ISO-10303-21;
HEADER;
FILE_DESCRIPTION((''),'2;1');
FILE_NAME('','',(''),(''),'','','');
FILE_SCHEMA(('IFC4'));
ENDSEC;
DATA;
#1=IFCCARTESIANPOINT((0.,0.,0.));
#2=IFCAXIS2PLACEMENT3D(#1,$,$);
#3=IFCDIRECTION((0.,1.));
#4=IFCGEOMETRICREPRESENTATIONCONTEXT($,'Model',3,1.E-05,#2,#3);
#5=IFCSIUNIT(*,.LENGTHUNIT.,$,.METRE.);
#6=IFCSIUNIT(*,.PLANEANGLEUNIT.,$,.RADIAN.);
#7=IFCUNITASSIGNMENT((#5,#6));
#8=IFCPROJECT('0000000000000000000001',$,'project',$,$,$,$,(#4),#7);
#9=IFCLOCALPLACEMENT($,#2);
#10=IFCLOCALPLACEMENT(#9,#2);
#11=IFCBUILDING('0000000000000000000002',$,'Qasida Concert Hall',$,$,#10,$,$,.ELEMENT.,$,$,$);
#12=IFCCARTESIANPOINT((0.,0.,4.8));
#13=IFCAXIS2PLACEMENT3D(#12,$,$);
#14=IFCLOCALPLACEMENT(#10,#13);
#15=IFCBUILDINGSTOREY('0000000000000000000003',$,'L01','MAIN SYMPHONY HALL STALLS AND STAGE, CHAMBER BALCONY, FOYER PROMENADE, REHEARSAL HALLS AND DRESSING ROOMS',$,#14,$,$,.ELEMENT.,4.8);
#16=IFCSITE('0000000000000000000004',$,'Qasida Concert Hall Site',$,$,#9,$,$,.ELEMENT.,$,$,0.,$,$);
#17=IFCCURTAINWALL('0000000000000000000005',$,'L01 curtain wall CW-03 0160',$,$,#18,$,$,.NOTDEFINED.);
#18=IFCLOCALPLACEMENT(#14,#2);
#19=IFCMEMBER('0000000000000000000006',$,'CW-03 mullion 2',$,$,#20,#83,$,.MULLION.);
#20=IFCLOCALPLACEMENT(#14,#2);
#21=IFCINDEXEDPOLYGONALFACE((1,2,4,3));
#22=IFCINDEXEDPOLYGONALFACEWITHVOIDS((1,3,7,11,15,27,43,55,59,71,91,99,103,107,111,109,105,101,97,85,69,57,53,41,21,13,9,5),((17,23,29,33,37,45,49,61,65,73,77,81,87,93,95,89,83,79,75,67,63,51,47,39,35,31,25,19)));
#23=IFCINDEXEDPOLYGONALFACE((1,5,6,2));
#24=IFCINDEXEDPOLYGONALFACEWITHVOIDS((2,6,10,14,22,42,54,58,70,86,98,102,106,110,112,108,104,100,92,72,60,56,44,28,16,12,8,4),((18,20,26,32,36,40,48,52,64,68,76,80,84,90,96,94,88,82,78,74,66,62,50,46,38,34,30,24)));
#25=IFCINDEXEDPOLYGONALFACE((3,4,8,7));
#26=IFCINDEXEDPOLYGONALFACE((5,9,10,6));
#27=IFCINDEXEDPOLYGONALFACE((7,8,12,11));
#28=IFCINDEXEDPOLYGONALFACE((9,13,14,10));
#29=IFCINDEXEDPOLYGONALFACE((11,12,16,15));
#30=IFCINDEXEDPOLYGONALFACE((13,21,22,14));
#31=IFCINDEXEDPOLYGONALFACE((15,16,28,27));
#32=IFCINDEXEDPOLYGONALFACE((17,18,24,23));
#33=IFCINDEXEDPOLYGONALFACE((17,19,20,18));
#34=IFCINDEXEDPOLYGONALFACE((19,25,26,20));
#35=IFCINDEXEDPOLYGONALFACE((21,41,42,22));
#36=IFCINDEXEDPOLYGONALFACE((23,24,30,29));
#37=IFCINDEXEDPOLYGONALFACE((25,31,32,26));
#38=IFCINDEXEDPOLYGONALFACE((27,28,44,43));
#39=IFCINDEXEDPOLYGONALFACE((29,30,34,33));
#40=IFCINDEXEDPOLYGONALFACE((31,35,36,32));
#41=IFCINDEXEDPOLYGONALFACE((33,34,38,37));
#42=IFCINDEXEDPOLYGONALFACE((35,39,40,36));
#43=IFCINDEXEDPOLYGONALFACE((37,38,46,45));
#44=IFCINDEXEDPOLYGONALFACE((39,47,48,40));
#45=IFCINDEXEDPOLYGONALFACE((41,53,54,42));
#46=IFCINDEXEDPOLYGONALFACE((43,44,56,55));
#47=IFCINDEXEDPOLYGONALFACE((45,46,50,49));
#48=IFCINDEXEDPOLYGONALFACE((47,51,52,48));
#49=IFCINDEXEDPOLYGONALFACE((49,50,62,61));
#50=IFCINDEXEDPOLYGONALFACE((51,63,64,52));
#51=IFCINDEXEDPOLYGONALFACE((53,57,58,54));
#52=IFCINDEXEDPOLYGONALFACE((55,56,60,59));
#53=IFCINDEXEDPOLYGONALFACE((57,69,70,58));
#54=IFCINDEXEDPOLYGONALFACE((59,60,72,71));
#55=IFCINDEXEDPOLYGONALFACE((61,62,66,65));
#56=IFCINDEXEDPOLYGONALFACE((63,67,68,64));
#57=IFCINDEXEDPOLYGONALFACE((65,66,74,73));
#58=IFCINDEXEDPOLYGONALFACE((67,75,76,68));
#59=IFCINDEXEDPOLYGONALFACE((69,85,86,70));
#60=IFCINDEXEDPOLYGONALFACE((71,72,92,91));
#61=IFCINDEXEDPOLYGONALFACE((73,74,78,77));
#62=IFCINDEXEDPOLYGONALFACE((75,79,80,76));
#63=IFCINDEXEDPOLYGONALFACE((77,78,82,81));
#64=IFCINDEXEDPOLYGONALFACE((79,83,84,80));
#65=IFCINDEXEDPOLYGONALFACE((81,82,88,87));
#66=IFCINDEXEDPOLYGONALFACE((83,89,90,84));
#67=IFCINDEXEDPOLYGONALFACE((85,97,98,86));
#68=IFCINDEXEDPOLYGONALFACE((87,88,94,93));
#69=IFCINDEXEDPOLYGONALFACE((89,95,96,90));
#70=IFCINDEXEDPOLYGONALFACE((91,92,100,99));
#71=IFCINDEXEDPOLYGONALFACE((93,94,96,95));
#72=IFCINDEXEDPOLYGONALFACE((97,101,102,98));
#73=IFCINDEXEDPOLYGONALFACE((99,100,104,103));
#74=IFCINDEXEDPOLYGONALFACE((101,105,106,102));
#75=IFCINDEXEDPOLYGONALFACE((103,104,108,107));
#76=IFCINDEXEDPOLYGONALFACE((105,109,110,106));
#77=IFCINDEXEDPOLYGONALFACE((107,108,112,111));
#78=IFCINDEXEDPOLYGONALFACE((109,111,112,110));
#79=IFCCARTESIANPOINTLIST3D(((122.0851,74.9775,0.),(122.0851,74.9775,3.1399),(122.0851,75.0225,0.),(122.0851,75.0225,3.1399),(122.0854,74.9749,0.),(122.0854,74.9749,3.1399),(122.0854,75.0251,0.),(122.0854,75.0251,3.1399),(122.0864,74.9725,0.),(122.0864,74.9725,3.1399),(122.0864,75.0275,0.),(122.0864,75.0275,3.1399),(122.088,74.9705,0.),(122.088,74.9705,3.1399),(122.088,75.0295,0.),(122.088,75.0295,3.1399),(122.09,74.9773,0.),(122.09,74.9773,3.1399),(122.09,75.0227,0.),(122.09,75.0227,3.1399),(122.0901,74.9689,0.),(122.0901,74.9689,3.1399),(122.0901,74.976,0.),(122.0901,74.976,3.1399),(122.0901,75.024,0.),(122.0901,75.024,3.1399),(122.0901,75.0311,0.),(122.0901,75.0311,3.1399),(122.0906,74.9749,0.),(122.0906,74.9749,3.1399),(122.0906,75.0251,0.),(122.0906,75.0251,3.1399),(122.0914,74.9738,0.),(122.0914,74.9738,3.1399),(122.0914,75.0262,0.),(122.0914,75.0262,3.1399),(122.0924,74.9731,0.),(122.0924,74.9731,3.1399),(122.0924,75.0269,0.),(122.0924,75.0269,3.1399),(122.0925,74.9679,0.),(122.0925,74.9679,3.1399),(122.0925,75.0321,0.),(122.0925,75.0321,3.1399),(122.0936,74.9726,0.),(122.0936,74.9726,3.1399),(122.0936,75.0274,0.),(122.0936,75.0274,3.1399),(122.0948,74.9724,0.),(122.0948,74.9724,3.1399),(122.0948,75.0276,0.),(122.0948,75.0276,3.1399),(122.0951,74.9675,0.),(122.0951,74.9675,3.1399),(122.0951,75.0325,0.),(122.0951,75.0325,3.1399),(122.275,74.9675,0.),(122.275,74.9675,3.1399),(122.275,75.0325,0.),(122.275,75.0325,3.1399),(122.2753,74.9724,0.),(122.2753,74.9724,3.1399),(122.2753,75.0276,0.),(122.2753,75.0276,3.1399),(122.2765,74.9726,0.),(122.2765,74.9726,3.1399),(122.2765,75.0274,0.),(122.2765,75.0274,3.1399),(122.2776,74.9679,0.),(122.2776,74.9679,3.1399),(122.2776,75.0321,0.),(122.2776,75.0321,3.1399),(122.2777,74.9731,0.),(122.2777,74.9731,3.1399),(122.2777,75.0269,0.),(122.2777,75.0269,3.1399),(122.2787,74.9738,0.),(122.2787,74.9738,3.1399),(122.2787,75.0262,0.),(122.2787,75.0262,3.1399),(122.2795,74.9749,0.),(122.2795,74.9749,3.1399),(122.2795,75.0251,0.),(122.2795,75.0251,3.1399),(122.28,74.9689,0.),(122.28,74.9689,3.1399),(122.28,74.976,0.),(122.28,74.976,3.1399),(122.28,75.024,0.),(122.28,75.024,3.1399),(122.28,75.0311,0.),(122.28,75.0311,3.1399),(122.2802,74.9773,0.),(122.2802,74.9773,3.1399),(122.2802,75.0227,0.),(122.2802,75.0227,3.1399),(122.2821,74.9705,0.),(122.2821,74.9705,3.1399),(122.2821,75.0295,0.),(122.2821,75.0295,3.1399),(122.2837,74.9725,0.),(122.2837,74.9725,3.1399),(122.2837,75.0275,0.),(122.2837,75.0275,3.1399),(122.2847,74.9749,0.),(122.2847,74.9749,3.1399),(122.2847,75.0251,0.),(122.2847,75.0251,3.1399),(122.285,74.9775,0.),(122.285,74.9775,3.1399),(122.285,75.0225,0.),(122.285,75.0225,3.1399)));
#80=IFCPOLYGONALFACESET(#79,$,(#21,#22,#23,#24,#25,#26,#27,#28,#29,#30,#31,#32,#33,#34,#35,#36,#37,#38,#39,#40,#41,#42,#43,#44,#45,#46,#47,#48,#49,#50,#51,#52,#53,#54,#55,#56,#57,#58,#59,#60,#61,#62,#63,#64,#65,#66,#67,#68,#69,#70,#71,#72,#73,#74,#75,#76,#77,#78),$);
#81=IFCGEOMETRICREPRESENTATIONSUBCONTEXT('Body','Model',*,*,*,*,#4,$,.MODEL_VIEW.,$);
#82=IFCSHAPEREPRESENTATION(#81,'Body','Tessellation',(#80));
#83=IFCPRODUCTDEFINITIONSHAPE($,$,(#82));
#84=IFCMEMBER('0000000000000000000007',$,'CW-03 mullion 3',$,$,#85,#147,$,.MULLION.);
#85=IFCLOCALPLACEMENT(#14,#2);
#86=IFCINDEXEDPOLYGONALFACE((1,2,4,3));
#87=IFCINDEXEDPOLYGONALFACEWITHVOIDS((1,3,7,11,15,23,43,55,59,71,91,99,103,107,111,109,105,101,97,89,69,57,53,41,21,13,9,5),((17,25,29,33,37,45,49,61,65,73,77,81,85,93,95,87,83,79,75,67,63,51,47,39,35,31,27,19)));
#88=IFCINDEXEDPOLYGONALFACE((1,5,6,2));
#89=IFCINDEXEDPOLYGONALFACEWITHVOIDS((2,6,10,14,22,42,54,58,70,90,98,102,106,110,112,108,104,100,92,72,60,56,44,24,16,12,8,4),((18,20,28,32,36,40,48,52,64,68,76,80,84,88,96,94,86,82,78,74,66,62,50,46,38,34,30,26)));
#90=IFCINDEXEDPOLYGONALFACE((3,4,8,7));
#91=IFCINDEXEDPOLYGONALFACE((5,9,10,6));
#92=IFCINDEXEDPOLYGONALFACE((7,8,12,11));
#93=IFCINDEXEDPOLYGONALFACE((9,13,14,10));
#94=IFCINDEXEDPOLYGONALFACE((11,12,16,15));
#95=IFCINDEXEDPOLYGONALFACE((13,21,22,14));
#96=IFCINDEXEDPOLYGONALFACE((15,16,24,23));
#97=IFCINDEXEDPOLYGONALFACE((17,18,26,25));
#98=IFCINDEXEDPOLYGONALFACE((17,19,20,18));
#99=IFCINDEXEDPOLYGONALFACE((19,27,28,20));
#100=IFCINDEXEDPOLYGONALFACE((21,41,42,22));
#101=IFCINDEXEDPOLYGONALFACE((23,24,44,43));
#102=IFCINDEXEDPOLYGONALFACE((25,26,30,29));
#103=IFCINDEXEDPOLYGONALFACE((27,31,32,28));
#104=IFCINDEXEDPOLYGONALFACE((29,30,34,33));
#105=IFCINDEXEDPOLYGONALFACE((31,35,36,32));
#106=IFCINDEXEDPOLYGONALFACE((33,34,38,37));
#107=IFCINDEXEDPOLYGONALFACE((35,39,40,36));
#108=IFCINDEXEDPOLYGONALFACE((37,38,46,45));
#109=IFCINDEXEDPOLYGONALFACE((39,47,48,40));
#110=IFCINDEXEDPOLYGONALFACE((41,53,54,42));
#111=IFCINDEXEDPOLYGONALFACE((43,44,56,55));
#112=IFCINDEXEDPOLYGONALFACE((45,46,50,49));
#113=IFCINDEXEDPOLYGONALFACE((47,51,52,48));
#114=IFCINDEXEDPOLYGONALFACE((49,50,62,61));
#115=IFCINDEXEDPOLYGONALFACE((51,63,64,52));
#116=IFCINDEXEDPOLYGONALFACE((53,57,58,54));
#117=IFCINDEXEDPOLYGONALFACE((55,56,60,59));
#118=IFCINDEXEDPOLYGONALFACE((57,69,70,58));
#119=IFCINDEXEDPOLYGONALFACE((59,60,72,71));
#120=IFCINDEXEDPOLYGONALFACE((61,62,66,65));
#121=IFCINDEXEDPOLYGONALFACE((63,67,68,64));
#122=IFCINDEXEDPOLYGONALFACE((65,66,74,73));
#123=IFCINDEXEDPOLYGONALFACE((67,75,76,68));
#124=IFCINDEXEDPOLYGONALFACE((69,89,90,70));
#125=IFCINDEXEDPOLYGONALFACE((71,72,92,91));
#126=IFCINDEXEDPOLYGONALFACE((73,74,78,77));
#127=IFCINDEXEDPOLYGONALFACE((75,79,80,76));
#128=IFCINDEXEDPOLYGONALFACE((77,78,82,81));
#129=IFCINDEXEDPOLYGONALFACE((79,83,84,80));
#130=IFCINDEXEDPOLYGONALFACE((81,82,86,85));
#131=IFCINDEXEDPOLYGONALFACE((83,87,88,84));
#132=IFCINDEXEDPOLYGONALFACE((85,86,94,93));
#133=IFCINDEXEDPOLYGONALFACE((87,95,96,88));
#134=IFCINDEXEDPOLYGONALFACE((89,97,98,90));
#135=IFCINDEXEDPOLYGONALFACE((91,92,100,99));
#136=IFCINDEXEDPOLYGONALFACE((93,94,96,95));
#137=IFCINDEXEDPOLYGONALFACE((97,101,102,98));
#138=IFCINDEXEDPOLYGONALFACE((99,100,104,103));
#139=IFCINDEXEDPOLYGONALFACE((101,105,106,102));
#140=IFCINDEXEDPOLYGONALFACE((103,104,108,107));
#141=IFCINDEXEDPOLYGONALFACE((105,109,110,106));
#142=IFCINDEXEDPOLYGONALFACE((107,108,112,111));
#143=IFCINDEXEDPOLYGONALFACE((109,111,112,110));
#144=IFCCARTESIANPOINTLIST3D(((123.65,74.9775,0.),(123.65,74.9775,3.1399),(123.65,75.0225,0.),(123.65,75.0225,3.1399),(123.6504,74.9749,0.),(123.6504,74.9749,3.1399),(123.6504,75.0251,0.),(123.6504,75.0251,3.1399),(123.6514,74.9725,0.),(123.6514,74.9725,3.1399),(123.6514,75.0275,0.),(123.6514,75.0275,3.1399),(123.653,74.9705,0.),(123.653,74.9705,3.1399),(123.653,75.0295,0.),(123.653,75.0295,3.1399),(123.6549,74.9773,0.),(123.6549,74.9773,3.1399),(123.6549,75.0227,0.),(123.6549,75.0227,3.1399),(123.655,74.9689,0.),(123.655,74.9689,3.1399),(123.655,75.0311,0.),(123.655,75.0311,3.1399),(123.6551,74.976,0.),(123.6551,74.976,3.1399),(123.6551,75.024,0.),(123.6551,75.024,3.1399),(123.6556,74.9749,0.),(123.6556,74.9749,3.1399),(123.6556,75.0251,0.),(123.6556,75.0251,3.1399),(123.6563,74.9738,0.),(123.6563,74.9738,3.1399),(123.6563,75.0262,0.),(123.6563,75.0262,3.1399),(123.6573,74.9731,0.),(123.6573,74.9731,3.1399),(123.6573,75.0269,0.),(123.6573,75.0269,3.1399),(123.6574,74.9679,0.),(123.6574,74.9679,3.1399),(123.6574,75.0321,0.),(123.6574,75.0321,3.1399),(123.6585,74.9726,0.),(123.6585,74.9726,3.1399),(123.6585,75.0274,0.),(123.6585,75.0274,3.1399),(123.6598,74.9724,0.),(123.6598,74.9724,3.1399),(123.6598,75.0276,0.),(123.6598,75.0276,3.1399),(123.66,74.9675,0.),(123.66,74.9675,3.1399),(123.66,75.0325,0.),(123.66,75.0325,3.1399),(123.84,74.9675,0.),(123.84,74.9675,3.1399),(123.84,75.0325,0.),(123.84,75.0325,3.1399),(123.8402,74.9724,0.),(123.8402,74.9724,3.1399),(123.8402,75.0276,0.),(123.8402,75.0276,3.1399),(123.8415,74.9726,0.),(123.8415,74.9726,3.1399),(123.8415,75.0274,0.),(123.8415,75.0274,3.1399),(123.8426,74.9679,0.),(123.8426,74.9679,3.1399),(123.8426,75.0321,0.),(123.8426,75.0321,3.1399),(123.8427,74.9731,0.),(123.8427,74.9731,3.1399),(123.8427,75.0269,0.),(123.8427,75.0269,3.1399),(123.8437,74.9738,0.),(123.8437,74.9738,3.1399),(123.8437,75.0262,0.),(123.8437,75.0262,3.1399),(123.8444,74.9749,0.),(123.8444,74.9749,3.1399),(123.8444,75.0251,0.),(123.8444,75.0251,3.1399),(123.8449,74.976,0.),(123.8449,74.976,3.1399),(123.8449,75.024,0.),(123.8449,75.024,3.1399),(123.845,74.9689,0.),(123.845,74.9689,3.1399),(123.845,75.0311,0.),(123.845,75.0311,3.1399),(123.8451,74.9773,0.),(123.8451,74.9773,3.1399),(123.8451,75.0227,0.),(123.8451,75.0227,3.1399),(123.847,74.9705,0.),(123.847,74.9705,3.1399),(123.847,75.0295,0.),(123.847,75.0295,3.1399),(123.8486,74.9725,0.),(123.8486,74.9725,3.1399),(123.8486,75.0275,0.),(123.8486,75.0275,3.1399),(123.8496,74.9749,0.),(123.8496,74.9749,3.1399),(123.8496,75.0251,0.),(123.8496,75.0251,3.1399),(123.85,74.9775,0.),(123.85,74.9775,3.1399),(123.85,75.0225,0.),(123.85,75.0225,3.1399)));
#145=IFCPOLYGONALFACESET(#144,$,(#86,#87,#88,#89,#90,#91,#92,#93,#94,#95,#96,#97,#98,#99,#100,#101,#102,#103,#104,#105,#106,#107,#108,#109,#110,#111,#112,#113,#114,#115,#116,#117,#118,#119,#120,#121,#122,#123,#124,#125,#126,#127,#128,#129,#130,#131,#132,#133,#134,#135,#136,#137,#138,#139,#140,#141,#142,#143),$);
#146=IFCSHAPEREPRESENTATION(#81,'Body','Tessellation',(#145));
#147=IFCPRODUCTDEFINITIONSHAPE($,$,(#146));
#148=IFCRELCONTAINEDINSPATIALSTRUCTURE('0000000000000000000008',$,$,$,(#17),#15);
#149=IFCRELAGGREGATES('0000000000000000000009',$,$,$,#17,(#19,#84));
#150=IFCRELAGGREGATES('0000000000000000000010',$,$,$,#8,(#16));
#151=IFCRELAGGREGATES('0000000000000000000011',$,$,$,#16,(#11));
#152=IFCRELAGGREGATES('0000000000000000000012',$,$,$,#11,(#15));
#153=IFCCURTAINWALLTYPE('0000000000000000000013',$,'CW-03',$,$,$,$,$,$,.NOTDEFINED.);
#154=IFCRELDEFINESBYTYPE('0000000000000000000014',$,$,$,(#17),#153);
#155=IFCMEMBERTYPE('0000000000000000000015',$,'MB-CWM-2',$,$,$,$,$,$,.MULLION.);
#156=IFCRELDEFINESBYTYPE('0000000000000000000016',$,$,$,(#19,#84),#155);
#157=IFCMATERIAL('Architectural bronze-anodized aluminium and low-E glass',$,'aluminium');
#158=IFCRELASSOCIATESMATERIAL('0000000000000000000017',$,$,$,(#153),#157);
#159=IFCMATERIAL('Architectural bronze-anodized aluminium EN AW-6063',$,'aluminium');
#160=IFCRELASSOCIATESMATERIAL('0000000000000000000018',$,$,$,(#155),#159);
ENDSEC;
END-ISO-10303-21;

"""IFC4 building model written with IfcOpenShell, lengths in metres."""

from ifc_helpers import new_model, si_unit, direction, frame, origin, origin_2d, place, context, subcontext, project, spatial, hollow_rectangle, extrude, material, material_profile, profile_set, type_object, element, aggregate, save


model = new_model("IFC4")

# Units and contexts
model_context = context("Model", 3, precision=1e-05, world=origin(), true_north=direction((0.0, 1.0)))
body_context = subcontext(model_context, "Body", "Model", "MODEL_VIEW")
ifc_project = project(units=[si_unit("LENGTHUNIT", "METRE"), si_unit("PLANEANGLEUNIT", "RADIAN")], contexts=[model_context])

# Site, building, storey
site_placement = place(None, origin())
site = spatial("IfcSite", under=ifc_project, at=site_placement, Name="Qasida Concert Hall Site", CompositionType="ELEMENT", RefElevation=0.0)
building_placement = place(site_placement, origin())
building = spatial("IfcBuilding", under=site, at=building_placement, Name="Qasida Concert Hall", CompositionType="ELEMENT")
storey_placement = place(building_placement, frame((0.0, 0.0, 4.8)))
storey = spatial("IfcBuildingStorey", under=building, at=storey_placement, Name="L01", Description="MAIN SYMPHONY HALL STALLS AND STAGE, CHAMBER BALCONY, FOYER PROMENADE, REHEARSAL HALLS AND DRESSING ROOMS", CompositionType="ELEMENT", Elevation=4.8)

# Curtain wall, members
ifc_material_1 = material(Name="Architectural bronze-anodized aluminium and low-E glass", Category="aluminium")
curtain_wall_type = type_object("IfcCurtainWallType", Name="CW-03", PredefinedType="NOTDEFINED", material=ifc_material_1)
curtain_wall_placement = place(storey_placement, origin())
curtain_wall = element("IfcCurtainWall", 1, at=curtain_wall_placement, inside=storey, type_object=curtain_wall_type, Name="L01 curtain wall CW-03 0160", PredefinedType="NOTDEFINED")
ifc_material_2 = material(Name="Architectural bronze-anodized aluminium EN AW-6063", Category="aluminium")
ifc_material_profile_1 = material_profile(ifc_material_2, hollow_rectangle(XDim=0.0649, YDim=0.2, WallThickness=0.0049, InnerFilletRadius=0.0049, OuterFilletRadius=0.01, at=origin_2d()), Name="CWM 200x65x5")
ifc_profile_set_1 = profile_set([ifc_material_profile_1], Name="Architectural bronze-anodized aluminium EN AW-6063")
member_type_1 = type_object("IfcMemberType", Name="MB-CWM-2", PredefinedType="MULLION", material=ifc_profile_set_1)
member_1_placement = place(storey_placement, frame((122.1851, 75.0, 0.0), z_axis=(0.0, 0.0, 1.0), x_axis=(0.0, 1.0, 0.0)))
member_1 = element("IfcMember", 2, at=member_1_placement, type_object=member_type_1, Name="CW-03 mullion 2", PredefinedType="MULLION", context=body_context, shape_type="SweptSolid", body=[
    extrude(hollow_rectangle(XDim=0.0649, YDim=0.2, WallThickness=0.0049, InnerFilletRadius=0.0049, OuterFilletRadius=0.01, at=origin_2d()), origin(), (0.0, 0.0, 1.0), 3.1399),
])
member_2_placement = place(storey_placement, frame((123.75, 75.0, 0.0), z_axis=(0.0, 0.0, 1.0), x_axis=(0.0, 1.0, 0.0)))
member_2 = element("IfcMember", 3, at=member_2_placement, type_object=member_type_1, Name="CW-03 mullion 3", PredefinedType="MULLION", context=body_context, shape_type="SweptSolid", body=[
    extrude(hollow_rectangle(XDim=0.0649, YDim=0.2, WallThickness=0.0049, InnerFilletRadius=0.0049, OuterFilletRadius=0.01, at=origin_2d()), origin(), (0.0, 0.0, 1.0), 3.1399),
])
aggregate(curtain_wall, [member_1, member_2])

save(model, "model.ifc")
